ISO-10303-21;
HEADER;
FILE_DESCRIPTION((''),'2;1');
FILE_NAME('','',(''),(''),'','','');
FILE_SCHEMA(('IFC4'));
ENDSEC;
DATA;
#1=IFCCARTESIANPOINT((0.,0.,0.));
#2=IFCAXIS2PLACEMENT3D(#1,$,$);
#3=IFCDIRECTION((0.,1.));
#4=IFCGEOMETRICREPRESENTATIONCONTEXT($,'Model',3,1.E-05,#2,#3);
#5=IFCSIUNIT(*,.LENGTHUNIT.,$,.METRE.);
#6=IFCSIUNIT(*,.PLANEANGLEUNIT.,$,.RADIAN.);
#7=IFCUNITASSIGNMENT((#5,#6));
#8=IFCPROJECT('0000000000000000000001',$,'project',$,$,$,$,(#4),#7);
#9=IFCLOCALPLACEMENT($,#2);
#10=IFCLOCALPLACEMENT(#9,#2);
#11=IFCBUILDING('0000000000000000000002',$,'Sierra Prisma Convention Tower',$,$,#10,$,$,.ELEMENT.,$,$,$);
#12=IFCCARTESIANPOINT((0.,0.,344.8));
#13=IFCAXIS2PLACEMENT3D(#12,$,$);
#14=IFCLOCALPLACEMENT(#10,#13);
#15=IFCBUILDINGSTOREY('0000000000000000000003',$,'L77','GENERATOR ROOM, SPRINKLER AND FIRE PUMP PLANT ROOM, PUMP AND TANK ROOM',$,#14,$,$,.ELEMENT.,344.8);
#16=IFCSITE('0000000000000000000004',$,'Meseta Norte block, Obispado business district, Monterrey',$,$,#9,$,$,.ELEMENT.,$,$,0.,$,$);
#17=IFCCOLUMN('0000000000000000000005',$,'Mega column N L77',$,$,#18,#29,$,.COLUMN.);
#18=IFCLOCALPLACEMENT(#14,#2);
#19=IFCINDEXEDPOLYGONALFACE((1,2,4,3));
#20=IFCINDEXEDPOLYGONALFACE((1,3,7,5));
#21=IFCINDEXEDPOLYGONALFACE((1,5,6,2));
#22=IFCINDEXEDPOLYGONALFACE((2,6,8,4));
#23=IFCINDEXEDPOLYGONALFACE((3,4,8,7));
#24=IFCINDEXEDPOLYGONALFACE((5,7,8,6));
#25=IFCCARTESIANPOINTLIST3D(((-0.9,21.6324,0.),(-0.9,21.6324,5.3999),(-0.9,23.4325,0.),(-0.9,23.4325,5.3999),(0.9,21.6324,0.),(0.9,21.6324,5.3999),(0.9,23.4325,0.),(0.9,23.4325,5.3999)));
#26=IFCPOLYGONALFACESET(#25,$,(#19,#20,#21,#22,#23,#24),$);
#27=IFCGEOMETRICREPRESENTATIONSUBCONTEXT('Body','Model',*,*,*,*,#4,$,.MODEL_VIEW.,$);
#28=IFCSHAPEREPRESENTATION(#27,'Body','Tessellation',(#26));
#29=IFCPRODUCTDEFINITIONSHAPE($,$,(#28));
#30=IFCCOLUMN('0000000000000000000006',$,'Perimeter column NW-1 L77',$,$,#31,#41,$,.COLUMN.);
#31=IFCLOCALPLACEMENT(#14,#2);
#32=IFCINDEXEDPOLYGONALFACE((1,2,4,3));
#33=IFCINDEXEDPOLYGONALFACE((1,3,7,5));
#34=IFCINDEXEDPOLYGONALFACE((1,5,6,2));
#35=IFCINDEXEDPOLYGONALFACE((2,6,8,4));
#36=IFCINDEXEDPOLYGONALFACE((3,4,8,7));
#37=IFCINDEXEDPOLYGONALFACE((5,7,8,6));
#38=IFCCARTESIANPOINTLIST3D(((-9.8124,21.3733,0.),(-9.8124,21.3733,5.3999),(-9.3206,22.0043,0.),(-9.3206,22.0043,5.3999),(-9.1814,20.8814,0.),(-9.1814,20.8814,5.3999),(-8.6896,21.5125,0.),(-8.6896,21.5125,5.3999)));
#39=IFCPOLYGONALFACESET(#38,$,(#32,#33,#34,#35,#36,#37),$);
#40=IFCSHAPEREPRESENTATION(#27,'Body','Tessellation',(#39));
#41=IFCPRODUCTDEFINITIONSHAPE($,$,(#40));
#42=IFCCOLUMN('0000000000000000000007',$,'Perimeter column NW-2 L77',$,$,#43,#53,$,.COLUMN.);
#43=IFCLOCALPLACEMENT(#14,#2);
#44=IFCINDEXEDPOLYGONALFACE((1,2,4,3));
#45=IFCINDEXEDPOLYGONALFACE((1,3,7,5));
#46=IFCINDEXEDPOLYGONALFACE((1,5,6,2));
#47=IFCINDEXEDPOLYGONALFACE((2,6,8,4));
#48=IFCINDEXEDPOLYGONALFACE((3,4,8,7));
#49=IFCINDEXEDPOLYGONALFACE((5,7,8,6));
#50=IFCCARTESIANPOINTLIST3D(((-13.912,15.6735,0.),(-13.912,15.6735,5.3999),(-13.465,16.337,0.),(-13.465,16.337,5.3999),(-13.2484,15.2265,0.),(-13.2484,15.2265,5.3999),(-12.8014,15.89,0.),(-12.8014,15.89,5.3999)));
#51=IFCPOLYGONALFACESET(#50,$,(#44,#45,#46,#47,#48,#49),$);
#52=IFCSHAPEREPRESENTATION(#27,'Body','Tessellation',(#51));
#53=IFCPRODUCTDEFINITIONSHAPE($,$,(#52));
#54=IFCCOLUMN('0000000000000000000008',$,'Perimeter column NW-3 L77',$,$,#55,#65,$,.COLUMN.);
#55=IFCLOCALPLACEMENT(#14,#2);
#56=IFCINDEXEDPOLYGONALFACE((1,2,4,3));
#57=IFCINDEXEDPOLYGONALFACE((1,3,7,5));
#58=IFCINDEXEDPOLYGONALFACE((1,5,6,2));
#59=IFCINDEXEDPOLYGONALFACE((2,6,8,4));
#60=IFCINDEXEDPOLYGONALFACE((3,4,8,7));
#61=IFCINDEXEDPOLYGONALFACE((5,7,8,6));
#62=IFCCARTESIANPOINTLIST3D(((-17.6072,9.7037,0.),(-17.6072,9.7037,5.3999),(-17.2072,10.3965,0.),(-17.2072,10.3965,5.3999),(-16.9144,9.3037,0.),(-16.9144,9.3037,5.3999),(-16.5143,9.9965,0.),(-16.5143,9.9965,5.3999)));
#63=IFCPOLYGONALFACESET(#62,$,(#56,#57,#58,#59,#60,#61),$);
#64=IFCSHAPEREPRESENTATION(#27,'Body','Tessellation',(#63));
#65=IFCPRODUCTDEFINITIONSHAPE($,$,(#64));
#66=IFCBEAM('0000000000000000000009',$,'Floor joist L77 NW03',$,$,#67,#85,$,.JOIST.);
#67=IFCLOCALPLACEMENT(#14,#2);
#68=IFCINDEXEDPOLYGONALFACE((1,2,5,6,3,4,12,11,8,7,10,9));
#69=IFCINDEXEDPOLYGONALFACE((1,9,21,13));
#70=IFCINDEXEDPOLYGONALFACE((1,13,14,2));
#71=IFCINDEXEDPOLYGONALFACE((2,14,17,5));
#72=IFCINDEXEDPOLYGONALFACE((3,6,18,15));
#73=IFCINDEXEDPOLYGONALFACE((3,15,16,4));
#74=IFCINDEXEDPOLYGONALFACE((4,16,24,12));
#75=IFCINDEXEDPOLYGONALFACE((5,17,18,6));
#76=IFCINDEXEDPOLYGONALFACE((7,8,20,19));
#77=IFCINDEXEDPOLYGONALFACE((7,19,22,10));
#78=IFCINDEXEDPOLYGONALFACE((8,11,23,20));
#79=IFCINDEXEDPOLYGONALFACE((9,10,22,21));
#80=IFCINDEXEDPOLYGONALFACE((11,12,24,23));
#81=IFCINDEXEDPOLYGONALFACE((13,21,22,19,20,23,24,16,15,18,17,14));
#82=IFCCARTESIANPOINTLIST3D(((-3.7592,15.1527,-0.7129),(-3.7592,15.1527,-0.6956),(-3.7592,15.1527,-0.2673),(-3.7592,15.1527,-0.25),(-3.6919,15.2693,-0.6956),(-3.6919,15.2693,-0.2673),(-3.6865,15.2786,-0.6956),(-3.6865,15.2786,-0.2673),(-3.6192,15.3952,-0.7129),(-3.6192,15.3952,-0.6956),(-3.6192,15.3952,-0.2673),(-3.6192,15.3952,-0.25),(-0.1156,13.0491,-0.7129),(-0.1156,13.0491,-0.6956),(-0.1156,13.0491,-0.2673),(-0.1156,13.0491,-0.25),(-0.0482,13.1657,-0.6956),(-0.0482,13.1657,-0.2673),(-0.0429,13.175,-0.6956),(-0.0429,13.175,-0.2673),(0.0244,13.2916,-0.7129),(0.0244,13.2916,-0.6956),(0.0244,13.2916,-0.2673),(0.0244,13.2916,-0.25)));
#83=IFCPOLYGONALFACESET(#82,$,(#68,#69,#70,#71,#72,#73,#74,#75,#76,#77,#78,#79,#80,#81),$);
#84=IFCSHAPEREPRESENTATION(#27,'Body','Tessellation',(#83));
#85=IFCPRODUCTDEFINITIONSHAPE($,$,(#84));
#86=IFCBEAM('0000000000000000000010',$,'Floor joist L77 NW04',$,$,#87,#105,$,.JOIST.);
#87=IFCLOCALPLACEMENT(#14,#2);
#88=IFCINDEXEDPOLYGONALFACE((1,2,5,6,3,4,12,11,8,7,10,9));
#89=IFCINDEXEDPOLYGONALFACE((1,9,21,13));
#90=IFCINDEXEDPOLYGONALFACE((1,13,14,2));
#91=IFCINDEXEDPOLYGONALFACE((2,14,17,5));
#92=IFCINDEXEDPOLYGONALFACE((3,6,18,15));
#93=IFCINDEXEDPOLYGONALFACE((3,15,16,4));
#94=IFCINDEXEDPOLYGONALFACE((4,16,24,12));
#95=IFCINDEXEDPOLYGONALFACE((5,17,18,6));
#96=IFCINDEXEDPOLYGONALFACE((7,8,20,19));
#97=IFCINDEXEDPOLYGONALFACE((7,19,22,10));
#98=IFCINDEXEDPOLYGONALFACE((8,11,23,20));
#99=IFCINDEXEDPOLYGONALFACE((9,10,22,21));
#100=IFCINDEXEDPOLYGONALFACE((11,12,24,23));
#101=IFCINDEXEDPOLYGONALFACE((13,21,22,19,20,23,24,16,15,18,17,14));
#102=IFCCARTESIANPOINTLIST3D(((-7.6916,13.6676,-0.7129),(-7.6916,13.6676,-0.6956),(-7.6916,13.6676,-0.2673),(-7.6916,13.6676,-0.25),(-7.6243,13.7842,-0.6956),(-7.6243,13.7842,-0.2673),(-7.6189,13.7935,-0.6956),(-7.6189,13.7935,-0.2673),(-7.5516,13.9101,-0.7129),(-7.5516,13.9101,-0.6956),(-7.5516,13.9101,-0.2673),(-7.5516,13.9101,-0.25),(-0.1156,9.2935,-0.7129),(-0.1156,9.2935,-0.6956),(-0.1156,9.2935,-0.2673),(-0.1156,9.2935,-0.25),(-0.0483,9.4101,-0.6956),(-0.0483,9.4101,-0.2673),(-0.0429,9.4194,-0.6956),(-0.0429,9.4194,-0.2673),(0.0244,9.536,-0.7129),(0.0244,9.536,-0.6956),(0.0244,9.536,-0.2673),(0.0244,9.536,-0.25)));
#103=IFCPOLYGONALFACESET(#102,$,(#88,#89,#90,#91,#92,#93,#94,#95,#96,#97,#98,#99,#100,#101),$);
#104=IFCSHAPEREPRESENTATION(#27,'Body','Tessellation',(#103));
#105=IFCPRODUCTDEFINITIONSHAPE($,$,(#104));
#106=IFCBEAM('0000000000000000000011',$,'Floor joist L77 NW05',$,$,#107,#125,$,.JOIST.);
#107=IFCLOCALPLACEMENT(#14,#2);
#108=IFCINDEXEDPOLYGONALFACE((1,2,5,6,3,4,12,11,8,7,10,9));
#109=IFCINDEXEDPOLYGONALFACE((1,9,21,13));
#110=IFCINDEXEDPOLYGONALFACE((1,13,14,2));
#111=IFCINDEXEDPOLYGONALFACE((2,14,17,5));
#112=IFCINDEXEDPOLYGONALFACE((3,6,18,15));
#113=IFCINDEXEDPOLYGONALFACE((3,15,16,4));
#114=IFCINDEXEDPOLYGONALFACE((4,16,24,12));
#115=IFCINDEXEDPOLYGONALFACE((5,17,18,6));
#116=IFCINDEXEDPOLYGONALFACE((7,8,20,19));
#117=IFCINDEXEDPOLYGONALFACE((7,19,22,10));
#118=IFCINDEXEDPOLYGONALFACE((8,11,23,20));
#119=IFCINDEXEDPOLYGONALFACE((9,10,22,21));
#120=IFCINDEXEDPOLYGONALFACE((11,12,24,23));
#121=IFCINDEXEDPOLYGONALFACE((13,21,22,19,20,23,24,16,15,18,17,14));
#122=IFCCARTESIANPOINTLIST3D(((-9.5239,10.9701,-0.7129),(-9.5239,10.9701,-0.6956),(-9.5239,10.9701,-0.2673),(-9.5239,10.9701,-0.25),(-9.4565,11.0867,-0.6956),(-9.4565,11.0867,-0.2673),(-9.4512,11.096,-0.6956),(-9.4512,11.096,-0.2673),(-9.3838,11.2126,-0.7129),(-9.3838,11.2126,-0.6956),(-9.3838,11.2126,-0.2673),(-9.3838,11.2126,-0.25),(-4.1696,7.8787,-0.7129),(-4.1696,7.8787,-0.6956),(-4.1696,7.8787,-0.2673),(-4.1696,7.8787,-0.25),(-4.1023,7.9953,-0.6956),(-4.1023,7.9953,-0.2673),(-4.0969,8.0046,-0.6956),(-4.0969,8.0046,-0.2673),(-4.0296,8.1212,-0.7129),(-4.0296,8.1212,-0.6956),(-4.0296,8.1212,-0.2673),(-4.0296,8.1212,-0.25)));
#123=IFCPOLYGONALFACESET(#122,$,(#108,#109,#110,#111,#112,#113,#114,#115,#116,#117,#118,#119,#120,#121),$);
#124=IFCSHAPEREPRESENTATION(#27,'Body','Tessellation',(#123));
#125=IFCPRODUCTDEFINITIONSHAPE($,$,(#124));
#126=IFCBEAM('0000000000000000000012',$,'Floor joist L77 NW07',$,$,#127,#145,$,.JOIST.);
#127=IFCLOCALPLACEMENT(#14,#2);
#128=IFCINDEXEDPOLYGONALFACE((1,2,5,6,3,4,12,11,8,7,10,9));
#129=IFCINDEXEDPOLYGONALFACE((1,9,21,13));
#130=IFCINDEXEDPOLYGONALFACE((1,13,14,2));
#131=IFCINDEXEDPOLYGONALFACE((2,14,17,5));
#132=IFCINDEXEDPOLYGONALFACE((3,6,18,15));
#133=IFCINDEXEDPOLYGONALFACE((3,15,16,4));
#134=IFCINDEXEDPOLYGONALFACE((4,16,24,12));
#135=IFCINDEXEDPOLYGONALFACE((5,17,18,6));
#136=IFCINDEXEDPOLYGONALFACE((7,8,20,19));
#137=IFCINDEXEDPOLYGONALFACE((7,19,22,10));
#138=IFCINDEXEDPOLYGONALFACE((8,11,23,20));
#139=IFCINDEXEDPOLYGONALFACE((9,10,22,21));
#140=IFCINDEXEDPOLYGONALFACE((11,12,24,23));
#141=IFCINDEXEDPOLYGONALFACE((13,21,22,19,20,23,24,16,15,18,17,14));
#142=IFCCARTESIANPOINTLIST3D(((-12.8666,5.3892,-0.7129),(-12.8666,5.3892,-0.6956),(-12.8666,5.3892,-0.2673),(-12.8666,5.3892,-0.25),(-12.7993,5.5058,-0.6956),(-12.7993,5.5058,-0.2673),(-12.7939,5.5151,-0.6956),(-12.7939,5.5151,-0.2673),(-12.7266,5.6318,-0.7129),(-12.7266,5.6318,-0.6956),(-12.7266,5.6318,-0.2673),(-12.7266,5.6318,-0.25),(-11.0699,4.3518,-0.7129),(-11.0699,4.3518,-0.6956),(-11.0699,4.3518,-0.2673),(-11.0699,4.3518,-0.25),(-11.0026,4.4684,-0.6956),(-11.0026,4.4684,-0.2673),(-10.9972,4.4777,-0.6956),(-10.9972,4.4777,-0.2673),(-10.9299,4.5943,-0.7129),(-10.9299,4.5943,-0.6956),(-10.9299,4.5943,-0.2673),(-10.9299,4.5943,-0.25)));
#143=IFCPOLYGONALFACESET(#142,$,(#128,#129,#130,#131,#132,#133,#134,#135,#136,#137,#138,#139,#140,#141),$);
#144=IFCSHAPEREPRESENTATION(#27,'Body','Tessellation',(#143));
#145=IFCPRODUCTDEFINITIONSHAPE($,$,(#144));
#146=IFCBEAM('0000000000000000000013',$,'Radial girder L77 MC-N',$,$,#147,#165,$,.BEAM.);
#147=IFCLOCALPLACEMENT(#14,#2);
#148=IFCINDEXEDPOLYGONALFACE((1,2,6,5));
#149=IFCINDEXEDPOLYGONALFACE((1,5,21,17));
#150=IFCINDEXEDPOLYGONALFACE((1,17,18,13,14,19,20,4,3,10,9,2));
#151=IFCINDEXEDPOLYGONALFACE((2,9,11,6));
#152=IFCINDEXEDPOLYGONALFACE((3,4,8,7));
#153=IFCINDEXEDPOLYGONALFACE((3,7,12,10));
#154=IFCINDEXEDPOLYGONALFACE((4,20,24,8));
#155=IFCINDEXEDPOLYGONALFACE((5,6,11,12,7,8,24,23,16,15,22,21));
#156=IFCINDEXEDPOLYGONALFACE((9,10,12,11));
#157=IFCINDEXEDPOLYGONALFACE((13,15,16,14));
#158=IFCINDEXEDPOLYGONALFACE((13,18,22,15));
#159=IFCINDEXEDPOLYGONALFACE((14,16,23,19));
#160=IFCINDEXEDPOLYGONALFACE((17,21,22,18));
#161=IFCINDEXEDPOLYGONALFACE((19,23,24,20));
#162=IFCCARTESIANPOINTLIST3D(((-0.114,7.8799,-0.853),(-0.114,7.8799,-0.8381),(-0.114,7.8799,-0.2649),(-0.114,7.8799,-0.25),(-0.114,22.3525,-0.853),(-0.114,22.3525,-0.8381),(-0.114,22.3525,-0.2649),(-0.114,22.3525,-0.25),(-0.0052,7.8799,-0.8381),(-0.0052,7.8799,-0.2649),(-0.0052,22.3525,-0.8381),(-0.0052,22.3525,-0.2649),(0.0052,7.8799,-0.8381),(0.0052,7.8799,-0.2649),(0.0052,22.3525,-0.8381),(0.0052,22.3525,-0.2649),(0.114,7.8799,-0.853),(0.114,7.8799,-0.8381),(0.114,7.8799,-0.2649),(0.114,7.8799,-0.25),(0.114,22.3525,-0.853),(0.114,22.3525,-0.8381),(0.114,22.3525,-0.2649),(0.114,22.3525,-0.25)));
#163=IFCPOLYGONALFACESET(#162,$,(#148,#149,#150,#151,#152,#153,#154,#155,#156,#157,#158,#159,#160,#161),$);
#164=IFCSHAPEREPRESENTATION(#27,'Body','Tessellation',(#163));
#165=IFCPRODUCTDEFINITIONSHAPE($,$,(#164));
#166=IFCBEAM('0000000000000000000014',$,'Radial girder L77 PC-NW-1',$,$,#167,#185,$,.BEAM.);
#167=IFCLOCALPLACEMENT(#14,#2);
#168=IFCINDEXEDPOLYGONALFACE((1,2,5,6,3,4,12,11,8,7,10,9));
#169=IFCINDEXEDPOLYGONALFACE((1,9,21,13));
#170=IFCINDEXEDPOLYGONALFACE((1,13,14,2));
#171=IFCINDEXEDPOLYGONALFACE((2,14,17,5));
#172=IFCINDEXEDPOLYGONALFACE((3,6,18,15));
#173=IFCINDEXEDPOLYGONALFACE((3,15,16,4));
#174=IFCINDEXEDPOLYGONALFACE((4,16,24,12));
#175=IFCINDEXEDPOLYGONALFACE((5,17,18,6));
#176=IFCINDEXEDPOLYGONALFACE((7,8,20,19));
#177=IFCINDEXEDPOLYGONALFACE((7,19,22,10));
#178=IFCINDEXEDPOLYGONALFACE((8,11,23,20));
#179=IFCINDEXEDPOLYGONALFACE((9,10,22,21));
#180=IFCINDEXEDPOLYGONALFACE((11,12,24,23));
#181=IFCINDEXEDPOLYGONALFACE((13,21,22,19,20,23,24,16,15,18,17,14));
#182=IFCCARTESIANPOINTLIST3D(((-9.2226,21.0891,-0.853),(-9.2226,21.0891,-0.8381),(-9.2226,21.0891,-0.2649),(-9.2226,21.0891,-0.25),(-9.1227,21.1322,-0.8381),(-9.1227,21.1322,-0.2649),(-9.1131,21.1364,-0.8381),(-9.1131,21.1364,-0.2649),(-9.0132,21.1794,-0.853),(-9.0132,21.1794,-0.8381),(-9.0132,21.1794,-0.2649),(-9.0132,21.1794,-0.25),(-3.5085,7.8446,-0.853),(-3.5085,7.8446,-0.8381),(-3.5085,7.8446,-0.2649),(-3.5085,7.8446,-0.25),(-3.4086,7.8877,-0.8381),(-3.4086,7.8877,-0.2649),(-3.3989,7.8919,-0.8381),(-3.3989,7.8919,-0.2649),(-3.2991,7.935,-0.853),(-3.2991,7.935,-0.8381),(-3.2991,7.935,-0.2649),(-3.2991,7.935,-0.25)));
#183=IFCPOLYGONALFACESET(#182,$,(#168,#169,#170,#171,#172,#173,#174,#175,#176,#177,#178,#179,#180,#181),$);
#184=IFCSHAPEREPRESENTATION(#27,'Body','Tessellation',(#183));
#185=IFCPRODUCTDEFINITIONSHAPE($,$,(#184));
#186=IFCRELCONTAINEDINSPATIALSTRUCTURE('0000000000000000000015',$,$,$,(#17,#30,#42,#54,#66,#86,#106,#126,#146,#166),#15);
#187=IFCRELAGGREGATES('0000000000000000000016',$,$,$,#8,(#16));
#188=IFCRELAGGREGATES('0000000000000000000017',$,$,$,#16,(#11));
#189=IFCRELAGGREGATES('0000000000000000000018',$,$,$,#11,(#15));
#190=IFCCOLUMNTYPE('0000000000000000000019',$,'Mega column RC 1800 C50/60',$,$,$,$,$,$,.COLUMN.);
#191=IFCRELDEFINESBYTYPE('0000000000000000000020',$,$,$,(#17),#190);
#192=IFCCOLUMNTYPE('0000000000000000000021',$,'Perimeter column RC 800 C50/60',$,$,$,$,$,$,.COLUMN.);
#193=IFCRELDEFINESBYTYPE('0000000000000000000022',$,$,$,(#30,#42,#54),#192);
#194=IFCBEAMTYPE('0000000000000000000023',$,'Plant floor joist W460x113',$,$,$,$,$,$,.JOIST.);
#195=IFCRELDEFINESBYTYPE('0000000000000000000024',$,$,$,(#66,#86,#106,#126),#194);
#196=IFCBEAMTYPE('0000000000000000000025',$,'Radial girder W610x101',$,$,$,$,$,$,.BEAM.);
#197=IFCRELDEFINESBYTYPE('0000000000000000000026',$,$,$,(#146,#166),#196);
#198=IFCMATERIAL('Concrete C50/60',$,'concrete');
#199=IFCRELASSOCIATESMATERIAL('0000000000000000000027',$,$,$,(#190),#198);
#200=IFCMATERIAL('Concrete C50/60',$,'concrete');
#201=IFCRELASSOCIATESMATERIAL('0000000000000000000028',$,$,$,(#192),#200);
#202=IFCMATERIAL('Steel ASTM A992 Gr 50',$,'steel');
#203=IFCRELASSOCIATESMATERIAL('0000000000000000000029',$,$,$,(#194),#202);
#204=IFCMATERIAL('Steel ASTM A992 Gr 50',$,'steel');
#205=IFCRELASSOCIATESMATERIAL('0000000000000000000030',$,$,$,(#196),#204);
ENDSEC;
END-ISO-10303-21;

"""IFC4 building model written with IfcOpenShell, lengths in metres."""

from ifc_helpers import new_model, si_unit, direction, frame, origin, origin_2d, place, context, subcontext, project, spatial, rectangle, i_section, extrude, material, material_profile, profile_set, type_object, element, save


model = new_model("IFC4")

# Units and contexts
model_context = context("Model", 3, precision=1e-05, world=origin(), true_north=direction((0.0, 1.0)))
body_context = subcontext(model_context, "Body", "Model", "MODEL_VIEW")
ifc_project = project(units=[si_unit("LENGTHUNIT", "METRE"), si_unit("PLANEANGLEUNIT", "RADIAN")], contexts=[model_context])

# Site, building, storey
site_placement = place(None, origin())
site = spatial("IfcSite", under=ifc_project, at=site_placement, Name="Meseta Norte block, Obispado business district, Monterrey", CompositionType="ELEMENT", RefElevation=0.0)
building_placement = place(site_placement, origin())
building = spatial("IfcBuilding", under=site, at=building_placement, Name="Sierra Prisma Convention Tower", CompositionType="ELEMENT")
storey_placement = place(building_placement, frame((0.0, 0.0, 344.8)))
storey = spatial("IfcBuildingStorey", under=building, at=storey_placement, Name="L77", Description="GENERATOR ROOM, SPRINKLER AND FIRE PUMP PLANT ROOM, PUMP AND TANK ROOM", CompositionType="ELEMENT", Elevation=344.8)

# Columns
ifc_material_1 = material(Name="Concrete C50/60", Category="concrete")
ifc_material_profile_1 = material_profile(ifc_material_1, rectangle(XDim=1.8, YDim=1.8, at=origin_2d()), Name="Mega column RC 1800 C50/60")
ifc_profile_set_1 = profile_set([ifc_material_profile_1], Name="Concrete C50/60")
column_type_1 = type_object("IfcColumnType", Name="Mega column RC 1800 C50/60", PredefinedType="COLUMN", material=ifc_profile_set_1)
column_placement = place(storey_placement, frame((0.0, 22.5325, 0.0), z_axis=(0.0, 0.0, 1.0), x_axis=(1.0, 0.0, 0.0)))
element("IfcColumn", 1, at=column_placement, inside=storey, type_object=column_type_1, Name="Mega column N L77", PredefinedType="COLUMN", context=body_context, shape_type="SweptSolid", body=[
    extrude(rectangle(XDim=1.8, YDim=1.8, at=origin_2d()), origin(), (0.0, 0.0, 1.0), 5.3999),
])
ifc_material_2 = material(Name="Concrete C50/60", Category="concrete")
ifc_material_profile_2 = material_profile(ifc_material_2, rectangle(XDim=0.8, YDim=0.8, at=origin_2d()), Name="Perimeter column RC 800 C50/60")
ifc_profile_set_2 = profile_set([ifc_material_profile_2], Name="Concrete C50/60")
column_type_2 = type_object("IfcColumnType", Name="Perimeter column RC 800 C50/60", PredefinedType="COLUMN", material=ifc_profile_set_2)
for number, where, z_axis, x_axis, name in (
    (2, (-9.251, 21.4429, 0.0), (0.0, 0.0, 1.0), (0.614744, 0.788727, 0.0), "Perimeter column NW-1 L77"),
    (3, (-13.3567, 15.7817, 0.0), (0.0, 0.0, 1.0), (0.55871, 0.829363, 0.0), "Perimeter column NW-2 L77"),
    (4, (-17.0608, 9.8501, 0.0), (0.0, 0.0, 1.0), (0.5, 0.866025, 0.0), "Perimeter column NW-3 L77"),
):
    element("IfcColumn", number, at=place(storey_placement, frame(where, z_axis=z_axis, x_axis=x_axis)), inside=storey, type_object=column_type_2, Name=name, PredefinedType="COLUMN", context=body_context, shape_type="SweptSolid", body=[
        extrude(rectangle(XDim=0.8, YDim=0.8, at=origin_2d()), origin(), (0.0, 0.0, 1.0), 5.3999),
    ])

# Beams
ifc_material_3 = material(Name="Steel ASTM A992 Gr 50", Category="steel")
ifc_material_profile_3 = material_profile(ifc_material_3, i_section(OverallWidth=0.28, OverallDepth=0.4629, WebThickness=0.0107, FlangeThickness=0.0173, at=origin_2d()), Name="W460x113")
ifc_profile_set_3 = profile_set([ifc_material_profile_3], Name="Steel ASTM A992 Gr 50")
beam_type_1 = type_object("IfcBeamType", Name="Plant floor joist W460x113", PredefinedType="JOIST", material=ifc_profile_set_3)
beam_1_placement = place(storey_placement, frame((-3.6892, 15.2739, -0.4814), z_axis=(0.866035, -0.499984, 0.0), x_axis=(0.499984, 0.866035, 0.0)))
element("IfcBeam", 5, at=beam_1_placement, inside=storey, type_object=beam_type_1, Name="Floor joist L77 NW03", PredefinedType="JOIST", context=body_context, shape_type="SweptSolid", body=[
    extrude(i_section(OverallWidth=0.28, OverallDepth=0.4629, WebThickness=0.0107, FlangeThickness=0.0173, at=origin_2d()), origin(), (0.0, 0.0, 1.0), 4.2073),
])
beam_2_placement = place(storey_placement, frame((-7.6216, 13.7888, -0.4814), z_axis=(0.866022, -0.500005, 0.0), x_axis=(0.500005, 0.866022, 0.0)))
element("IfcBeam", 6, at=beam_2_placement, inside=storey, type_object=beam_type_1, Name="Floor joist L77 NW04", PredefinedType="JOIST", context=body_context, shape_type="SweptSolid", body=[
    extrude(i_section(OverallWidth=0.28, OverallDepth=0.4629, WebThickness=0.0107, FlangeThickness=0.0173, at=origin_2d()), origin(), (0.0, 0.0, 1.0), 8.748),
])
beam_3_placement = place(storey_placement, frame((-9.4539, 11.0913, -0.4814), z_axis=(0.866023, -0.500004, 0.0), x_axis=(0.500004, 0.866023, 0.0)))
element("IfcBeam", 7, at=beam_3_placement, inside=storey, type_object=beam_type_1, Name="Floor joist L77 NW05", PredefinedType="JOIST", context=body_context, shape_type="SweptSolid", body=[
    extrude(i_section(OverallWidth=0.28, OverallDepth=0.4629, WebThickness=0.0107, FlangeThickness=0.0173, at=origin_2d()), origin(), (0.0, 0.0, 1.0), 6.1826),
])
beam_4_placement = place(storey_placement, frame((-12.7966, 5.5105, -0.4814), z_axis=(0.866011, -0.500025, 0.0), x_axis=(0.500025, 0.866011, 0.0)))
element("IfcBeam", 8, at=beam_4_placement, inside=storey, type_object=beam_type_1, Name="Floor joist L77 NW07", PredefinedType="JOIST", context=body_context, shape_type="SweptSolid", body=[
    extrude(i_section(OverallWidth=0.28, OverallDepth=0.4629, WebThickness=0.0107, FlangeThickness=0.0173, at=origin_2d()), origin(), (0.0, 0.0, 1.0), 2.0747),
])
ifc_material_4 = material(Name="Steel ASTM A992 Gr 50", Category="steel")
ifc_material_profile_4 = material_profile(ifc_material_4, i_section(OverallWidth=0.228, OverallDepth=0.603, WebThickness=0.0105, FlangeThickness=0.0149, at=origin_2d()), Name="W610x101")
ifc_profile_set_4 = profile_set([ifc_material_profile_4], Name="Steel ASTM A992 Gr 50")
beam_type_2 = type_object("IfcBeamType", Name="Radial girder W610x101", PredefinedType="BEAM", material=ifc_profile_set_4)
beam_5_placement = place(storey_placement, frame((0.0, 22.3525, -0.5515), z_axis=(0.0, -1.0, 0.0), x_axis=(1.0, 0.0, 0.0)))
element("IfcBeam", 9, at=beam_5_placement, inside=storey, type_object=beam_type_2, Name="Radial girder L77 MC-N", PredefinedType="BEAM", context=body_context, shape_type="SweptSolid", body=[
    extrude(i_section(OverallWidth=0.228, OverallDepth=0.603, WebThickness=0.0105, FlangeThickness=0.0149, at=origin_2d()), origin(), (0.0, 0.0, 1.0), 14.4727),
])
beam_6_placement = place(storey_placement, frame((-9.1179, 21.1343, -0.5515), z_axis=(0.396141, -0.91819, 0.0), x_axis=(0.91819, 0.396141, 0.0)))
element("IfcBeam", 10, at=beam_6_placement, inside=storey, type_object=beam_type_2, Name="Radial girder L77 PC-NW-1", PredefinedType="BEAM", context=body_context, shape_type="SweptSolid", body=[
    extrude(i_section(OverallWidth=0.228, OverallDepth=0.603, WebThickness=0.0105, FlangeThickness=0.0149, at=origin_2d()), origin(), (0.0, 0.0, 1.0), 14.4246),
])

save(model, "model.ifc")
